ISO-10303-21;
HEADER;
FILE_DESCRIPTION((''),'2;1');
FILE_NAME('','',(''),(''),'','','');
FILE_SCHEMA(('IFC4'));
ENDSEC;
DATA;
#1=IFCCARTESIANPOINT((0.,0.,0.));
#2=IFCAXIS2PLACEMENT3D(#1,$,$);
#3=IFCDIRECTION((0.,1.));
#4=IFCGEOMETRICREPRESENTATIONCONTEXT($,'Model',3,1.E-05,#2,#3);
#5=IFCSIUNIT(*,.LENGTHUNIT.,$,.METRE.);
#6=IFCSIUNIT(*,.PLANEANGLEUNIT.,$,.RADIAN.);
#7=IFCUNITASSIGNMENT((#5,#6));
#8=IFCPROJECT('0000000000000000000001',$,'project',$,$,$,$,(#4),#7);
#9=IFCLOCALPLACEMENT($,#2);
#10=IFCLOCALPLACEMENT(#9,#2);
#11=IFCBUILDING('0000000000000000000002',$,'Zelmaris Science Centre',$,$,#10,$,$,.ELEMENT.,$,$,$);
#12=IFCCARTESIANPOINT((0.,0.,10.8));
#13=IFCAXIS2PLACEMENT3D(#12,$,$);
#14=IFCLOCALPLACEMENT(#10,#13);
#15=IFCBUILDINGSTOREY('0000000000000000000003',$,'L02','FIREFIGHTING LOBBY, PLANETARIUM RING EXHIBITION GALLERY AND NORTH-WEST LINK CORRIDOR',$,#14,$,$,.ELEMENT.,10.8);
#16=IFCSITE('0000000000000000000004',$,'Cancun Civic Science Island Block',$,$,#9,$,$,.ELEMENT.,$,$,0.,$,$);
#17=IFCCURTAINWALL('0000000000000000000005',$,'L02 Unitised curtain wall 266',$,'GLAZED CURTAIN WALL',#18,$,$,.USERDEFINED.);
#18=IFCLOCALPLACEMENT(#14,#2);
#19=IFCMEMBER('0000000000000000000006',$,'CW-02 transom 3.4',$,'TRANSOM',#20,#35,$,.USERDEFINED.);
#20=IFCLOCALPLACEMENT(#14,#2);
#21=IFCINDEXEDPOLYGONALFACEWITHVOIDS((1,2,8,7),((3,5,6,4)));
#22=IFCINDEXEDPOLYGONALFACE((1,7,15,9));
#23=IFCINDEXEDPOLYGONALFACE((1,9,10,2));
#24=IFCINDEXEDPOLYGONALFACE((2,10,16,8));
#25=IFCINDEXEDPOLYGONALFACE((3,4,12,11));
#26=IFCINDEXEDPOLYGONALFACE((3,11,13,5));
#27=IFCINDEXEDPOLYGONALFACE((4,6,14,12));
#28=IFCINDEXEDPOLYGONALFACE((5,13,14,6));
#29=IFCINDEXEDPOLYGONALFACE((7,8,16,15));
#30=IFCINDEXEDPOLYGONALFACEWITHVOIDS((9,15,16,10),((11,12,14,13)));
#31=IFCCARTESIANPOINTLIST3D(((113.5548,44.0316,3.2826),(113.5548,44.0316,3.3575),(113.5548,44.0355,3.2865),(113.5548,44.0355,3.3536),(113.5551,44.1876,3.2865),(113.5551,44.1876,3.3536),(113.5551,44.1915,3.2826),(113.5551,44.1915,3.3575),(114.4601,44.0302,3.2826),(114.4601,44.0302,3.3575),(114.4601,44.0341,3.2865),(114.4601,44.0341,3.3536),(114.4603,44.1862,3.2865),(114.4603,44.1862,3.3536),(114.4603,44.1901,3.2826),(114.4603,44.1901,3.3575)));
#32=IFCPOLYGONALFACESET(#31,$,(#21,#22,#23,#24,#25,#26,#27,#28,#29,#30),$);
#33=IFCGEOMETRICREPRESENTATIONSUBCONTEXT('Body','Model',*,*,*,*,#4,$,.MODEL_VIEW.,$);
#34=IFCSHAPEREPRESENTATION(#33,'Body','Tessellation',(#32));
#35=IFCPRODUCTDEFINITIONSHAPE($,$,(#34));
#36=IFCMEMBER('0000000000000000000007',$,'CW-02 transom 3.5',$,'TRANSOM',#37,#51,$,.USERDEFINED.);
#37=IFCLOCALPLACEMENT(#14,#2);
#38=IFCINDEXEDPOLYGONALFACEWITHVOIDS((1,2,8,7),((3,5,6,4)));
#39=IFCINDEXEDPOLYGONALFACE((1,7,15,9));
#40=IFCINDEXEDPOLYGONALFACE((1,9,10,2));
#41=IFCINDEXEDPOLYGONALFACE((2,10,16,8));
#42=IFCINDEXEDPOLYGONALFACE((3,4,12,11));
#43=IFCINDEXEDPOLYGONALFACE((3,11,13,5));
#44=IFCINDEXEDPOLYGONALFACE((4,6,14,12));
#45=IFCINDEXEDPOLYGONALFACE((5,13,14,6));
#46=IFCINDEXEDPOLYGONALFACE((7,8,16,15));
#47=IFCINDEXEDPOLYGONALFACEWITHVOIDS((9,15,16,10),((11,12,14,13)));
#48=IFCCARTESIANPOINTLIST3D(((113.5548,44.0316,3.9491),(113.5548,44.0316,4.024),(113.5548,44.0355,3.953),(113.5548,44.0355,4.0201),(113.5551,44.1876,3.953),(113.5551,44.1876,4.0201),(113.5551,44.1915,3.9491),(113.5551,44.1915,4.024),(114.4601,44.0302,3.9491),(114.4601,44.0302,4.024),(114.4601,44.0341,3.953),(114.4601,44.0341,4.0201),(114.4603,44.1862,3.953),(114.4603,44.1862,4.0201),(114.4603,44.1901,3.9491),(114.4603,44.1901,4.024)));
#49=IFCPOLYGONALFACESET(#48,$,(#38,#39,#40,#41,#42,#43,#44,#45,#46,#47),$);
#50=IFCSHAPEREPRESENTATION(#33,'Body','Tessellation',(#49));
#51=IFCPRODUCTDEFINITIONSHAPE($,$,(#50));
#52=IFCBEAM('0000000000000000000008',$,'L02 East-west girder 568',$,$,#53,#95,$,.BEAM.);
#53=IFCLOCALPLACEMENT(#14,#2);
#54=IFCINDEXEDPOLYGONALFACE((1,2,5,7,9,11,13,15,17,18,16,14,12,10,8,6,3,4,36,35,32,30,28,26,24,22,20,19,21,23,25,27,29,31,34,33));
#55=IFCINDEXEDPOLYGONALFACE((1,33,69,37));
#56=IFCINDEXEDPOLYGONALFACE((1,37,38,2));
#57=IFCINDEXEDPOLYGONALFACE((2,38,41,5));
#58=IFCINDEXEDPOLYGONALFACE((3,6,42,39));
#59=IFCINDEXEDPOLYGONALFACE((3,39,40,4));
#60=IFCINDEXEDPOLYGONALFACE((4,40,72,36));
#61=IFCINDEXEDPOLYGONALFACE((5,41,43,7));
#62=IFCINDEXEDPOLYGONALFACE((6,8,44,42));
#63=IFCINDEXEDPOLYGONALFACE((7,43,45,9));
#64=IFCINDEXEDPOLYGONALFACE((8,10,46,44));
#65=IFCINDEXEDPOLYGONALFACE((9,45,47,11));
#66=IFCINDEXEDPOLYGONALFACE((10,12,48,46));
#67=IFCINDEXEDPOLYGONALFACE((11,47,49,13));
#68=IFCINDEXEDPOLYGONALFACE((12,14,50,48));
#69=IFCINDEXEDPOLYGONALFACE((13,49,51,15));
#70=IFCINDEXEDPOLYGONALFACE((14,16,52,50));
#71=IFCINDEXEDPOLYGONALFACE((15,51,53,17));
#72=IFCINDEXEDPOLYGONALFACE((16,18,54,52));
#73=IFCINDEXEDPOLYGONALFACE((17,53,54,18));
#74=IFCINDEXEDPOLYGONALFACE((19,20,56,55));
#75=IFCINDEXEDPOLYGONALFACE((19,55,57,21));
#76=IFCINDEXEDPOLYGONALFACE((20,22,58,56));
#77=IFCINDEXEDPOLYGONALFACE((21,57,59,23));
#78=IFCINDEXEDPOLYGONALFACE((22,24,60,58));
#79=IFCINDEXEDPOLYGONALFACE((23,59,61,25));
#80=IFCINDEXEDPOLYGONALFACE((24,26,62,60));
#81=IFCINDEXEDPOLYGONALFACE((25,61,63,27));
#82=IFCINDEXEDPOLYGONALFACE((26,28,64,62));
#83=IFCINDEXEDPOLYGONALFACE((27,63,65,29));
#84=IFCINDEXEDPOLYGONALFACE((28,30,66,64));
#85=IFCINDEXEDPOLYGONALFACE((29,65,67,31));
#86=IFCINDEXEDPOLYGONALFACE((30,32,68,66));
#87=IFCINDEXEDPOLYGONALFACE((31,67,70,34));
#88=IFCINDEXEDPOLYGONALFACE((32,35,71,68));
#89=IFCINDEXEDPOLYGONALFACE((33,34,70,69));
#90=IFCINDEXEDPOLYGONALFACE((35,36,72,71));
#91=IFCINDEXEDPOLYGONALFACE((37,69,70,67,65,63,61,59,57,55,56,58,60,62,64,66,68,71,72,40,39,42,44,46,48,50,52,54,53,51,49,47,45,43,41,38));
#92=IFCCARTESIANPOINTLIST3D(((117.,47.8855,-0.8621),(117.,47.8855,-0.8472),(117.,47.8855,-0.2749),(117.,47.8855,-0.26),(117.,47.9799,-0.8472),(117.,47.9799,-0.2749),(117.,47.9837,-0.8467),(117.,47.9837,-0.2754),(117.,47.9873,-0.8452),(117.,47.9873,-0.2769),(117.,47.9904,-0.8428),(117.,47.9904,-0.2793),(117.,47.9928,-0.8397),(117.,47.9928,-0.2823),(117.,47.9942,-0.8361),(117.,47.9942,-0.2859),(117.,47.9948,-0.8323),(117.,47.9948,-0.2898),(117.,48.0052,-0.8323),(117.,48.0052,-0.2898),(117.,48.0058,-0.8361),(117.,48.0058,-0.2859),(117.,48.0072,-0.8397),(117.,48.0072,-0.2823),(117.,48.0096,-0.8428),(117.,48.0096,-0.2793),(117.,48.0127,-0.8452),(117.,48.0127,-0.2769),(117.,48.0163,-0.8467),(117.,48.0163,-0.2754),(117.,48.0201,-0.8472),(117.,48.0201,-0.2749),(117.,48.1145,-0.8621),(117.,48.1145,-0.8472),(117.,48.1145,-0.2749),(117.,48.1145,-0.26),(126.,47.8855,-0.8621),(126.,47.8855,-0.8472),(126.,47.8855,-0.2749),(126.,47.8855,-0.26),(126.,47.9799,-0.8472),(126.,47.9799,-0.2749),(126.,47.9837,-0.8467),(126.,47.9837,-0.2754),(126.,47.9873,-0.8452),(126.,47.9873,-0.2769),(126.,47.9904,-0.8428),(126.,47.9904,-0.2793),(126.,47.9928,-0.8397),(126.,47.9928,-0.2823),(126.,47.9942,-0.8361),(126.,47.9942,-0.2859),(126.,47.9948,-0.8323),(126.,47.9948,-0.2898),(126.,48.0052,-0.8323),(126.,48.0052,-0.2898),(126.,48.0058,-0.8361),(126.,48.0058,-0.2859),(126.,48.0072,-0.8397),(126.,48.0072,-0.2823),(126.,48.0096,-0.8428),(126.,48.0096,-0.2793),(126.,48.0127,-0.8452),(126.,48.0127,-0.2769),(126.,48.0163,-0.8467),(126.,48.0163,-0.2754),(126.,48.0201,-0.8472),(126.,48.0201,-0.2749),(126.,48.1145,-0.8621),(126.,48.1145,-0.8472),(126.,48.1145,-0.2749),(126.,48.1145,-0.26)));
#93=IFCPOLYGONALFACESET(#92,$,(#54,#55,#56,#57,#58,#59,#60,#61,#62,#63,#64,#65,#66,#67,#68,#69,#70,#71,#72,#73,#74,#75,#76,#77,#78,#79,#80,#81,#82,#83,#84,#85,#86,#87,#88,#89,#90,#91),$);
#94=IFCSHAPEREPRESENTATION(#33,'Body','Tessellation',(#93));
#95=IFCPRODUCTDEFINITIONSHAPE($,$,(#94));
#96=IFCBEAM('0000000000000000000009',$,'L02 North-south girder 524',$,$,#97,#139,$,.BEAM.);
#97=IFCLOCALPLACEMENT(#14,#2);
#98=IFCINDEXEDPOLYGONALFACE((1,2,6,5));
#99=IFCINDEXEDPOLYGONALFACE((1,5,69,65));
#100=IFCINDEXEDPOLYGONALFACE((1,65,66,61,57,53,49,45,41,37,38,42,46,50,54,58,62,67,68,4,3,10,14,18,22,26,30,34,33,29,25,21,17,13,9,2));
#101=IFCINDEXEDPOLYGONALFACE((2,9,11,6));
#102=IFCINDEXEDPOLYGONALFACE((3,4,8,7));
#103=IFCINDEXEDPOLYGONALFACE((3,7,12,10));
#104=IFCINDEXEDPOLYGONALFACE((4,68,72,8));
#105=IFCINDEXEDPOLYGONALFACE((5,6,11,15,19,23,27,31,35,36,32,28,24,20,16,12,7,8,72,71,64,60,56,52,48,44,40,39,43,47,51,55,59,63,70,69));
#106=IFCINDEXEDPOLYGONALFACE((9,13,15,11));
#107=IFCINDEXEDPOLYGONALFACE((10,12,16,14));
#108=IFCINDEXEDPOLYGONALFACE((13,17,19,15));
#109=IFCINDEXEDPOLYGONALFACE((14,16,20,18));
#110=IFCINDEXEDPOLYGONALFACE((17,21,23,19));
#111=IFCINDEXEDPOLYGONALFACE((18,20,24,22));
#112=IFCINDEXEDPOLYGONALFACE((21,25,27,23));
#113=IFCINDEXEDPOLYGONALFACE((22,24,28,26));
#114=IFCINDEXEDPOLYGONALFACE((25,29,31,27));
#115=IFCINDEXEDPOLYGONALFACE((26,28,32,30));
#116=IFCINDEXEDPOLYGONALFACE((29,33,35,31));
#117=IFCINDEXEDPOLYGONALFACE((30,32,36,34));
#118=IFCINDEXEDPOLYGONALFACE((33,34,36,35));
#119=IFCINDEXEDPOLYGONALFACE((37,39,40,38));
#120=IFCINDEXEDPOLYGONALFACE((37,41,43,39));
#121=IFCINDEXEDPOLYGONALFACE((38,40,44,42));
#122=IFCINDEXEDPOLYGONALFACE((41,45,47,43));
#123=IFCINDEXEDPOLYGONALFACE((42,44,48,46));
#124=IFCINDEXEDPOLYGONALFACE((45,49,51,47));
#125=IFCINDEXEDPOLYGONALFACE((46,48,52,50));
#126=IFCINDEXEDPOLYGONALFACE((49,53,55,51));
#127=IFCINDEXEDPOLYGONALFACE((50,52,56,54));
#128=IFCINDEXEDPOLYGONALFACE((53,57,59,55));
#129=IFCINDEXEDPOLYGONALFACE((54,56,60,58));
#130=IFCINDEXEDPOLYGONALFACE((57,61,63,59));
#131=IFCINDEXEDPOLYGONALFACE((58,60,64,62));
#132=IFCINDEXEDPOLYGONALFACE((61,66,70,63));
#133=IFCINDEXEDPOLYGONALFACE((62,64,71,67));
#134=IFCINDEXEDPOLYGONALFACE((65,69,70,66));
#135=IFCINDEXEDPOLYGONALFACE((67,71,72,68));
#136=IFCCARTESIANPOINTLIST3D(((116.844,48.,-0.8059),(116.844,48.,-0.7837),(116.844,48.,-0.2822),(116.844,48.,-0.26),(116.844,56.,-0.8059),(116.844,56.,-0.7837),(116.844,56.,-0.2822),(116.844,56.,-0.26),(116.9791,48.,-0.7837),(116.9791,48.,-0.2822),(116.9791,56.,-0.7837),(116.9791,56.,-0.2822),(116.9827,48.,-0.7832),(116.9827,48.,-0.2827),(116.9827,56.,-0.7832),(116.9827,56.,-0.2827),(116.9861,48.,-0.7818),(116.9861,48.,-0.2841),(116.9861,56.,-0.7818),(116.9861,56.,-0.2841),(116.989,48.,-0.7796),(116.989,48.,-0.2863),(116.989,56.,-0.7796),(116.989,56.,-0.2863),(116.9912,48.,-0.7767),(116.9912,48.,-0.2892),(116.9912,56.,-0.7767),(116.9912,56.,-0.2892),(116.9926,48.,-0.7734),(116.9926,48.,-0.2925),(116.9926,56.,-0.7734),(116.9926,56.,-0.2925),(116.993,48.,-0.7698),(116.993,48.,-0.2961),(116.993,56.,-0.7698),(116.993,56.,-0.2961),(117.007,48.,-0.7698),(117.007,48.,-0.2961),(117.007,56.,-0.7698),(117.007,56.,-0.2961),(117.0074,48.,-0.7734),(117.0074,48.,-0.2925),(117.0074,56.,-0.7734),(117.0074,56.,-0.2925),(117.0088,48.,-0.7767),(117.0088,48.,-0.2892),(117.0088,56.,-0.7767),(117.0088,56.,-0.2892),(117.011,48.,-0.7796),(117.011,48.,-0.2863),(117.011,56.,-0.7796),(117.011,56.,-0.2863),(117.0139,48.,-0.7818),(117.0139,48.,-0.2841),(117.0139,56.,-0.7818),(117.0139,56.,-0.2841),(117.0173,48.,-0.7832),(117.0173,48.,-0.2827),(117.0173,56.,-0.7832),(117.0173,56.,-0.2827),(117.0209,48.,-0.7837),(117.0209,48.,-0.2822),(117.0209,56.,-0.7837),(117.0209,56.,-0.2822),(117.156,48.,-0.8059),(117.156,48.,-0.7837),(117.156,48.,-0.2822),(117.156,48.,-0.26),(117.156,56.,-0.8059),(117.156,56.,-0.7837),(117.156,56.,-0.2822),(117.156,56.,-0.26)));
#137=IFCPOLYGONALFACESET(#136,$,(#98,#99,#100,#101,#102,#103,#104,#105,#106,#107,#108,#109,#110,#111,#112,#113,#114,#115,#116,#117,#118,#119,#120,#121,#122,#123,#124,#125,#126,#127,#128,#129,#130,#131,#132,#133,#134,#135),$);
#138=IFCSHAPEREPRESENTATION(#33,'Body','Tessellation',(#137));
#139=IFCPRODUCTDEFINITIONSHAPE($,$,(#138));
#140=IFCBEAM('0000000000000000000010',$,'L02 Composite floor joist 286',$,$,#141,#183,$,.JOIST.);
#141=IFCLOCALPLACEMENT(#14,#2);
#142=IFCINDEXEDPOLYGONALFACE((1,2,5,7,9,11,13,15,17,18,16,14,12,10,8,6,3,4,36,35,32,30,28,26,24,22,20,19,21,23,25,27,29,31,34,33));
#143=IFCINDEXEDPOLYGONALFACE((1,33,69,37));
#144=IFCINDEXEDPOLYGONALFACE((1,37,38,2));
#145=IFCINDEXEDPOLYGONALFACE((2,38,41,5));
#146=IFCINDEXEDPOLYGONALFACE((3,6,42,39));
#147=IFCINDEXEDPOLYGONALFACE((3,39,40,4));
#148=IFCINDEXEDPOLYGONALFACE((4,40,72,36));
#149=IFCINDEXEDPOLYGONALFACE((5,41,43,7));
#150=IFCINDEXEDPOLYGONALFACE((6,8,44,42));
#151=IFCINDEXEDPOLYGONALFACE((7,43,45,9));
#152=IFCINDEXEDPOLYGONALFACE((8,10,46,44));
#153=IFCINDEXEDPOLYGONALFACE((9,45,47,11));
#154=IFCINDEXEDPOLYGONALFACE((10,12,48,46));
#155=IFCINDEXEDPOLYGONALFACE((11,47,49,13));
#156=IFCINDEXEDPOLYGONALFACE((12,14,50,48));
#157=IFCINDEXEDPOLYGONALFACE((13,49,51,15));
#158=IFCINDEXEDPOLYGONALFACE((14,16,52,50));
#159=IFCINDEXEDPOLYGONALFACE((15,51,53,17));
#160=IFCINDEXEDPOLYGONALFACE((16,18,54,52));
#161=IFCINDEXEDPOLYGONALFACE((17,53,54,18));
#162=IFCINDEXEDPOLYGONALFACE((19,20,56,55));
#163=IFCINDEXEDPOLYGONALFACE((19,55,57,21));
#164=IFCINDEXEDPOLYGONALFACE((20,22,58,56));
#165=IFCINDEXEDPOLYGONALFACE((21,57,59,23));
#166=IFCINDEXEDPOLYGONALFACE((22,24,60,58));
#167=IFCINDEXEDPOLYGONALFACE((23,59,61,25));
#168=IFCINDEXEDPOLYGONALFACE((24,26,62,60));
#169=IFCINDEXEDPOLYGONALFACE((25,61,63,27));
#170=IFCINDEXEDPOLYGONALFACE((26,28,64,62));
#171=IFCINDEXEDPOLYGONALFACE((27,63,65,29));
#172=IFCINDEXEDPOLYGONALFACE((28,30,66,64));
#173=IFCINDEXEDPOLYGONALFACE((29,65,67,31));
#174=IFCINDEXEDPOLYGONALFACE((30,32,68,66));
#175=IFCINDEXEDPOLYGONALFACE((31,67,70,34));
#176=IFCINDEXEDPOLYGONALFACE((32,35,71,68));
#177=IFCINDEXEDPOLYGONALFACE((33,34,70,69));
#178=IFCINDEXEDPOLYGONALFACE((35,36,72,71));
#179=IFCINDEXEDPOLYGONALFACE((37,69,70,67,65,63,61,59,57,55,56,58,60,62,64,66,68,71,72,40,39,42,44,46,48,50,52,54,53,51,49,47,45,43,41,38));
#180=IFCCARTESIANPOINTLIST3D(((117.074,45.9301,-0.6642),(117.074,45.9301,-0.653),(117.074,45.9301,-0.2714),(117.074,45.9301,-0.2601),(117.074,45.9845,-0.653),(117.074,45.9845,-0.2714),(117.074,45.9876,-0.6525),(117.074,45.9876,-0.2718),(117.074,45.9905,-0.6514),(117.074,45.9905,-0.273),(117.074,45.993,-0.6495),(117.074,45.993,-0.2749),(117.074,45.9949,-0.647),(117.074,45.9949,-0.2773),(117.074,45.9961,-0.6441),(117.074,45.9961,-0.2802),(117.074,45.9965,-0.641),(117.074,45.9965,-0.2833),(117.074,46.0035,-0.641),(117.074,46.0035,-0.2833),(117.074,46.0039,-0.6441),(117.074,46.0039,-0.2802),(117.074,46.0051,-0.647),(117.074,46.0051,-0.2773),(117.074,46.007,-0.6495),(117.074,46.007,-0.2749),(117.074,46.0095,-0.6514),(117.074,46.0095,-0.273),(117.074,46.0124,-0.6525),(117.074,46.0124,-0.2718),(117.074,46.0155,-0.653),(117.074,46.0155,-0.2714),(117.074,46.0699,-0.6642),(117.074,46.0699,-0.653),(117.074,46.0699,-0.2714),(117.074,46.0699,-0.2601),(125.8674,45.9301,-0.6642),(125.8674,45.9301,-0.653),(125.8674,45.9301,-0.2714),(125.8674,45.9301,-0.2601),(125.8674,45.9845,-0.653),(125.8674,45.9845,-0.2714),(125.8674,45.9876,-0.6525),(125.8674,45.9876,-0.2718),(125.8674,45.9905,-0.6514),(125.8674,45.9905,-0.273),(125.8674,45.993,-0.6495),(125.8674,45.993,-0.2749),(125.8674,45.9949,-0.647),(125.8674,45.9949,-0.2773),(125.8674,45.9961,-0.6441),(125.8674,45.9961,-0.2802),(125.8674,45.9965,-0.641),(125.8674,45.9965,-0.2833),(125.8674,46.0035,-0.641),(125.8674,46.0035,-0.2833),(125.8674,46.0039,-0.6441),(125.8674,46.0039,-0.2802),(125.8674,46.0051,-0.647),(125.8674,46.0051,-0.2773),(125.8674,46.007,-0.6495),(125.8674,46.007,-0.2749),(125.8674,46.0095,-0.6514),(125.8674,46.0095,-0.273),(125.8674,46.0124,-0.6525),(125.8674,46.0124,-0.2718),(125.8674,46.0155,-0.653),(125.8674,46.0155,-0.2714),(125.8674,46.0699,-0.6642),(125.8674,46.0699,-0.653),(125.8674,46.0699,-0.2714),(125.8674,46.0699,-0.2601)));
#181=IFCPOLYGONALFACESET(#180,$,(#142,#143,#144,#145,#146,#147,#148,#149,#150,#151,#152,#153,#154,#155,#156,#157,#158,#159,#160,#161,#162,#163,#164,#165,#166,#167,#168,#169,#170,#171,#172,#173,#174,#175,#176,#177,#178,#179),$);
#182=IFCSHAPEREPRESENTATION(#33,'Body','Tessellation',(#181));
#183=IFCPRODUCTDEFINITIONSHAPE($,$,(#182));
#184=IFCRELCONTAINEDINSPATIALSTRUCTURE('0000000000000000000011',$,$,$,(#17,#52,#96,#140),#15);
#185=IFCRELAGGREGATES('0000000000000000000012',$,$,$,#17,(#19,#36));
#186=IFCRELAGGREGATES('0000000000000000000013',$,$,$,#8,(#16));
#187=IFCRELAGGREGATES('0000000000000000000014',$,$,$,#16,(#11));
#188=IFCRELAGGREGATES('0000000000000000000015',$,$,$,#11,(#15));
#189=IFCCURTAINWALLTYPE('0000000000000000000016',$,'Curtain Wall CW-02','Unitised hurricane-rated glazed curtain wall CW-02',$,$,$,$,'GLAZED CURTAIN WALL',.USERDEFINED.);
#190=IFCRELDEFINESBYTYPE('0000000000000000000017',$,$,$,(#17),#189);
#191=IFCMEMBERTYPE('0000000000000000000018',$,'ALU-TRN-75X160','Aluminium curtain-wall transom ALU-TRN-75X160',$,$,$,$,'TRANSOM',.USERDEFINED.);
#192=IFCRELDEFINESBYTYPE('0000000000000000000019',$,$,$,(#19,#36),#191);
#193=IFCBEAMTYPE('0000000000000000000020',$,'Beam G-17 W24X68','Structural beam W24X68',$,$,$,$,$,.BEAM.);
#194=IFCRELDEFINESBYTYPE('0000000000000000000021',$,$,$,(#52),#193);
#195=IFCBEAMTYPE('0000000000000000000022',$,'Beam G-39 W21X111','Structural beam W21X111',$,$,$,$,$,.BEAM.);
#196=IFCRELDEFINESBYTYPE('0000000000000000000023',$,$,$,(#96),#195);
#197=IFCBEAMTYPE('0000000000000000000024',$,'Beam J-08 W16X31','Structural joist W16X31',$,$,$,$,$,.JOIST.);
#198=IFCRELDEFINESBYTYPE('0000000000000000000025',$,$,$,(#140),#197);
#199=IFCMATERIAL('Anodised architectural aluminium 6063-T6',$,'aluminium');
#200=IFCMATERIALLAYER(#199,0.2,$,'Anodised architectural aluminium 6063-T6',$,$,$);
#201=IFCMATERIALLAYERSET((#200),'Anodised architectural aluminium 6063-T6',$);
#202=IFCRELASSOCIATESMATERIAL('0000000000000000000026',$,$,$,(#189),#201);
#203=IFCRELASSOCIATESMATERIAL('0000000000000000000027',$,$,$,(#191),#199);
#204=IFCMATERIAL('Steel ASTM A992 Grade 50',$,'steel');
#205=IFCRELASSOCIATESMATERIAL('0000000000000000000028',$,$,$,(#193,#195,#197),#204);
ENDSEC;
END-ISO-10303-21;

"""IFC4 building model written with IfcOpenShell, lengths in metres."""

from ifc_helpers import new_model, si_unit, direction, frame, origin, origin_2d, place, context, subcontext, project, spatial, hollow_rectangle, i_section, extrude, material, layer, layer_set, material_profile, profile_set, type_object, element, aggregate, save


model = new_model("IFC4")

# Units and contexts
model_context = context("Model", 3, precision=1e-05, world=origin(), true_north=direction((0.0, 1.0)))
body_context = subcontext(model_context, "Body", "Model", "MODEL_VIEW")
ifc_project = project(units=[si_unit("LENGTHUNIT", "METRE"), si_unit("PLANEANGLEUNIT", "RADIAN")], contexts=[model_context])

# Site, building, storey
site_placement = place(None, origin())
site = spatial("IfcSite", under=ifc_project, at=site_placement, Name="Cancun Civic Science Island Block", CompositionType="ELEMENT", RefElevation=0.0)
building_placement = place(site_placement, origin())
building = spatial("IfcBuilding", under=site, at=building_placement, Name="Zelmaris Science Centre", CompositionType="ELEMENT")
storey_placement = place(building_placement, frame((0.0, 0.0, 10.8)))
storey = spatial("IfcBuildingStorey", under=building, at=storey_placement, Name="L02", Description="FIREFIGHTING LOBBY, PLANETARIUM RING EXHIBITION GALLERY AND NORTH-WEST LINK CORRIDOR", CompositionType="ELEMENT", Elevation=10.8)

# Shared definitions
ifc_material_1 = material(Name="Steel ASTM A992 Grade 50", Category="steel")

# Curtain wall, members
ifc_material_2 = material(Name="Anodised architectural aluminium 6063-T6", Category="aluminium")
ifc_layer_1 = layer(ifc_material_2, 0.2, Name="Anodised architectural aluminium 6063-T6")
ifc_layer_set_1 = layer_set([ifc_layer_1], Name="Anodised architectural aluminium 6063-T6")
curtain_wall_type = type_object("IfcCurtainWallType", Name="Curtain Wall CW-02", Description="Unitised hurricane-rated glazed curtain wall CW-02", ElementType="GLAZED CURTAIN WALL", PredefinedType="USERDEFINED", material=ifc_layer_set_1)
curtain_wall_placement = place(storey_placement, origin())
curtain_wall = element("IfcCurtainWall", 1, at=curtain_wall_placement, inside=storey, type_object=curtain_wall_type, Name="L02 Unitised curtain wall 266", ObjectType="GLAZED CURTAIN WALL", PredefinedType="USERDEFINED")
ifc_material_profile_1 = material_profile(ifc_material_2, hollow_rectangle(XDim=0.075, YDim=0.1599, WallThickness=0.0039, at=origin_2d()), Name="ALU-TRN-75X160")
ifc_profile_set_1 = profile_set([ifc_material_profile_1], Name="Anodised architectural aluminium 6063-T6")
member_type_1 = type_object("IfcMemberType", Name="ALU-TRN-75X160", Description="Aluminium curtain-wall transom ALU-TRN-75X160", ElementType="TRANSOM", PredefinedType="USERDEFINED", material=ifc_profile_set_1)
member_1_placement = place(storey_placement, frame((114.4602, 44.1101, 3.3201), z_axis=(-0.999999, 0.001618, 0.0), x_axis=(0.0, 0.0, 1.0)))
member_1 = element("IfcMember", 2, at=member_1_placement, type_object=member_type_1, Name="CW-02 transom 3.4", ObjectType="TRANSOM", PredefinedType="USERDEFINED", context=body_context, shape_type="SweptSolid", body=[
    extrude(hollow_rectangle(XDim=0.075, YDim=0.1599, WallThickness=0.0039, at=origin_2d()), origin(), (0.0, 0.0, 1.0), 0.9053),
])
member_2_placement = place(storey_placement, frame((114.4602, 44.1101, 3.9866), z_axis=(-0.999999, 0.001618, 0.0), x_axis=(0.0, 0.0, 1.0)))
member_2 = element("IfcMember", 3, at=member_2_placement, type_object=member_type_1, Name="CW-02 transom 3.5", ObjectType="TRANSOM", PredefinedType="USERDEFINED", context=body_context, shape_type="SweptSolid", body=[
    extrude(hollow_rectangle(XDim=0.075, YDim=0.1599, WallThickness=0.0039, at=origin_2d()), origin(), (0.0, 0.0, 1.0), 0.9053),
])

# Beams
ifc_material_profile_2 = material_profile(ifc_material_1, i_section(OverallWidth=0.229, OverallDepth=0.6021, WebThickness=0.0105, FlangeThickness=0.0149, FilletRadius=0.0149, at=origin_2d()), Name="W24X68")
ifc_profile_set_2 = profile_set([ifc_material_profile_2], Name="Steel ASTM A992 Grade 50")
beam_type_1 = type_object("IfcBeamType", Name="Beam G-17 W24X68", Description="Structural beam W24X68", PredefinedType="BEAM", material=ifc_profile_set_2)
beam_1_placement = place(storey_placement, frame((117.0, 48.0, -0.561), z_axis=(1.0, 0.0, 0.0), x_axis=(0.0, 1.0, 0.0)))
element("IfcBeam", 4, at=beam_1_placement, inside=storey, type_object=beam_type_1, Name="L02 East-west girder 568", PredefinedType="BEAM", context=body_context, shape_type="SweptSolid", body=[
    extrude(i_section(OverallWidth=0.229, OverallDepth=0.6021, WebThickness=0.0105, FlangeThickness=0.0149, FilletRadius=0.0149, at=origin_2d()), origin(), (0.0, 0.0, 1.0), 9.0),
])
ifc_material_profile_3 = material_profile(ifc_material_1, i_section(OverallWidth=0.312, OverallDepth=0.5459, WebThickness=0.0139, FlangeThickness=0.0222, FilletRadius=0.0139, at=origin_2d()), Name="W21X111")
ifc_profile_set_3 = profile_set([ifc_material_profile_3], Name="Steel ASTM A992 Grade 50")
beam_type_2 = type_object("IfcBeamType", Name="Beam G-39 W21X111", Description="Structural beam W21X111", PredefinedType="BEAM", material=ifc_profile_set_3)
beam_2_placement = place(storey_placement, frame((117.0, 48.0, -0.533), z_axis=(0.0, 1.0, 0.0), x_axis=(-1.0, 0.0, 0.0)))
element("IfcBeam", 5, at=beam_2_placement, inside=storey, type_object=beam_type_2, Name="L02 North-south girder 524", PredefinedType="BEAM", context=body_context, shape_type="SweptSolid", body=[
    extrude(i_section(OverallWidth=0.312, OverallDepth=0.5459, WebThickness=0.0139, FlangeThickness=0.0222, FilletRadius=0.0139, at=origin_2d()), origin(), (0.0, 0.0, 1.0), 8.0),
])
ifc_material_profile_4 = material_profile(ifc_material_1, i_section(OverallWidth=0.1399, OverallDepth=0.4041, WebThickness=0.0071, FlangeThickness=0.0112, FilletRadius=0.012, at=origin_2d()), Name="W16X31")
ifc_profile_set_4 = profile_set([ifc_material_profile_4], Name="Steel ASTM A992 Grade 50")
beam_type_3 = type_object("IfcBeamType", Name="Beam J-08 W16X31", Description="Structural joist W16X31", PredefinedType="JOIST", material=ifc_profile_set_4)
beam_3_placement = place(storey_placement, frame((117.074, 46.0, -0.4622), z_axis=(1.0, 0.0, 0.0), x_axis=(0.0, 1.0, 0.0)))
element("IfcBeam", 6, at=beam_3_placement, inside=storey, type_object=beam_type_3, Name="L02 Composite floor joist 286", PredefinedType="JOIST", context=body_context, shape_type="SweptSolid", body=[
    extrude(i_section(OverallWidth=0.1399, OverallDepth=0.4041, WebThickness=0.0071, FlangeThickness=0.0112, FilletRadius=0.012, at=origin_2d()), origin(), (0.0, 0.0, 1.0), 8.7935),
])

aggregate(curtain_wall, [member_1, member_2])

save(model, "model.ifc")
